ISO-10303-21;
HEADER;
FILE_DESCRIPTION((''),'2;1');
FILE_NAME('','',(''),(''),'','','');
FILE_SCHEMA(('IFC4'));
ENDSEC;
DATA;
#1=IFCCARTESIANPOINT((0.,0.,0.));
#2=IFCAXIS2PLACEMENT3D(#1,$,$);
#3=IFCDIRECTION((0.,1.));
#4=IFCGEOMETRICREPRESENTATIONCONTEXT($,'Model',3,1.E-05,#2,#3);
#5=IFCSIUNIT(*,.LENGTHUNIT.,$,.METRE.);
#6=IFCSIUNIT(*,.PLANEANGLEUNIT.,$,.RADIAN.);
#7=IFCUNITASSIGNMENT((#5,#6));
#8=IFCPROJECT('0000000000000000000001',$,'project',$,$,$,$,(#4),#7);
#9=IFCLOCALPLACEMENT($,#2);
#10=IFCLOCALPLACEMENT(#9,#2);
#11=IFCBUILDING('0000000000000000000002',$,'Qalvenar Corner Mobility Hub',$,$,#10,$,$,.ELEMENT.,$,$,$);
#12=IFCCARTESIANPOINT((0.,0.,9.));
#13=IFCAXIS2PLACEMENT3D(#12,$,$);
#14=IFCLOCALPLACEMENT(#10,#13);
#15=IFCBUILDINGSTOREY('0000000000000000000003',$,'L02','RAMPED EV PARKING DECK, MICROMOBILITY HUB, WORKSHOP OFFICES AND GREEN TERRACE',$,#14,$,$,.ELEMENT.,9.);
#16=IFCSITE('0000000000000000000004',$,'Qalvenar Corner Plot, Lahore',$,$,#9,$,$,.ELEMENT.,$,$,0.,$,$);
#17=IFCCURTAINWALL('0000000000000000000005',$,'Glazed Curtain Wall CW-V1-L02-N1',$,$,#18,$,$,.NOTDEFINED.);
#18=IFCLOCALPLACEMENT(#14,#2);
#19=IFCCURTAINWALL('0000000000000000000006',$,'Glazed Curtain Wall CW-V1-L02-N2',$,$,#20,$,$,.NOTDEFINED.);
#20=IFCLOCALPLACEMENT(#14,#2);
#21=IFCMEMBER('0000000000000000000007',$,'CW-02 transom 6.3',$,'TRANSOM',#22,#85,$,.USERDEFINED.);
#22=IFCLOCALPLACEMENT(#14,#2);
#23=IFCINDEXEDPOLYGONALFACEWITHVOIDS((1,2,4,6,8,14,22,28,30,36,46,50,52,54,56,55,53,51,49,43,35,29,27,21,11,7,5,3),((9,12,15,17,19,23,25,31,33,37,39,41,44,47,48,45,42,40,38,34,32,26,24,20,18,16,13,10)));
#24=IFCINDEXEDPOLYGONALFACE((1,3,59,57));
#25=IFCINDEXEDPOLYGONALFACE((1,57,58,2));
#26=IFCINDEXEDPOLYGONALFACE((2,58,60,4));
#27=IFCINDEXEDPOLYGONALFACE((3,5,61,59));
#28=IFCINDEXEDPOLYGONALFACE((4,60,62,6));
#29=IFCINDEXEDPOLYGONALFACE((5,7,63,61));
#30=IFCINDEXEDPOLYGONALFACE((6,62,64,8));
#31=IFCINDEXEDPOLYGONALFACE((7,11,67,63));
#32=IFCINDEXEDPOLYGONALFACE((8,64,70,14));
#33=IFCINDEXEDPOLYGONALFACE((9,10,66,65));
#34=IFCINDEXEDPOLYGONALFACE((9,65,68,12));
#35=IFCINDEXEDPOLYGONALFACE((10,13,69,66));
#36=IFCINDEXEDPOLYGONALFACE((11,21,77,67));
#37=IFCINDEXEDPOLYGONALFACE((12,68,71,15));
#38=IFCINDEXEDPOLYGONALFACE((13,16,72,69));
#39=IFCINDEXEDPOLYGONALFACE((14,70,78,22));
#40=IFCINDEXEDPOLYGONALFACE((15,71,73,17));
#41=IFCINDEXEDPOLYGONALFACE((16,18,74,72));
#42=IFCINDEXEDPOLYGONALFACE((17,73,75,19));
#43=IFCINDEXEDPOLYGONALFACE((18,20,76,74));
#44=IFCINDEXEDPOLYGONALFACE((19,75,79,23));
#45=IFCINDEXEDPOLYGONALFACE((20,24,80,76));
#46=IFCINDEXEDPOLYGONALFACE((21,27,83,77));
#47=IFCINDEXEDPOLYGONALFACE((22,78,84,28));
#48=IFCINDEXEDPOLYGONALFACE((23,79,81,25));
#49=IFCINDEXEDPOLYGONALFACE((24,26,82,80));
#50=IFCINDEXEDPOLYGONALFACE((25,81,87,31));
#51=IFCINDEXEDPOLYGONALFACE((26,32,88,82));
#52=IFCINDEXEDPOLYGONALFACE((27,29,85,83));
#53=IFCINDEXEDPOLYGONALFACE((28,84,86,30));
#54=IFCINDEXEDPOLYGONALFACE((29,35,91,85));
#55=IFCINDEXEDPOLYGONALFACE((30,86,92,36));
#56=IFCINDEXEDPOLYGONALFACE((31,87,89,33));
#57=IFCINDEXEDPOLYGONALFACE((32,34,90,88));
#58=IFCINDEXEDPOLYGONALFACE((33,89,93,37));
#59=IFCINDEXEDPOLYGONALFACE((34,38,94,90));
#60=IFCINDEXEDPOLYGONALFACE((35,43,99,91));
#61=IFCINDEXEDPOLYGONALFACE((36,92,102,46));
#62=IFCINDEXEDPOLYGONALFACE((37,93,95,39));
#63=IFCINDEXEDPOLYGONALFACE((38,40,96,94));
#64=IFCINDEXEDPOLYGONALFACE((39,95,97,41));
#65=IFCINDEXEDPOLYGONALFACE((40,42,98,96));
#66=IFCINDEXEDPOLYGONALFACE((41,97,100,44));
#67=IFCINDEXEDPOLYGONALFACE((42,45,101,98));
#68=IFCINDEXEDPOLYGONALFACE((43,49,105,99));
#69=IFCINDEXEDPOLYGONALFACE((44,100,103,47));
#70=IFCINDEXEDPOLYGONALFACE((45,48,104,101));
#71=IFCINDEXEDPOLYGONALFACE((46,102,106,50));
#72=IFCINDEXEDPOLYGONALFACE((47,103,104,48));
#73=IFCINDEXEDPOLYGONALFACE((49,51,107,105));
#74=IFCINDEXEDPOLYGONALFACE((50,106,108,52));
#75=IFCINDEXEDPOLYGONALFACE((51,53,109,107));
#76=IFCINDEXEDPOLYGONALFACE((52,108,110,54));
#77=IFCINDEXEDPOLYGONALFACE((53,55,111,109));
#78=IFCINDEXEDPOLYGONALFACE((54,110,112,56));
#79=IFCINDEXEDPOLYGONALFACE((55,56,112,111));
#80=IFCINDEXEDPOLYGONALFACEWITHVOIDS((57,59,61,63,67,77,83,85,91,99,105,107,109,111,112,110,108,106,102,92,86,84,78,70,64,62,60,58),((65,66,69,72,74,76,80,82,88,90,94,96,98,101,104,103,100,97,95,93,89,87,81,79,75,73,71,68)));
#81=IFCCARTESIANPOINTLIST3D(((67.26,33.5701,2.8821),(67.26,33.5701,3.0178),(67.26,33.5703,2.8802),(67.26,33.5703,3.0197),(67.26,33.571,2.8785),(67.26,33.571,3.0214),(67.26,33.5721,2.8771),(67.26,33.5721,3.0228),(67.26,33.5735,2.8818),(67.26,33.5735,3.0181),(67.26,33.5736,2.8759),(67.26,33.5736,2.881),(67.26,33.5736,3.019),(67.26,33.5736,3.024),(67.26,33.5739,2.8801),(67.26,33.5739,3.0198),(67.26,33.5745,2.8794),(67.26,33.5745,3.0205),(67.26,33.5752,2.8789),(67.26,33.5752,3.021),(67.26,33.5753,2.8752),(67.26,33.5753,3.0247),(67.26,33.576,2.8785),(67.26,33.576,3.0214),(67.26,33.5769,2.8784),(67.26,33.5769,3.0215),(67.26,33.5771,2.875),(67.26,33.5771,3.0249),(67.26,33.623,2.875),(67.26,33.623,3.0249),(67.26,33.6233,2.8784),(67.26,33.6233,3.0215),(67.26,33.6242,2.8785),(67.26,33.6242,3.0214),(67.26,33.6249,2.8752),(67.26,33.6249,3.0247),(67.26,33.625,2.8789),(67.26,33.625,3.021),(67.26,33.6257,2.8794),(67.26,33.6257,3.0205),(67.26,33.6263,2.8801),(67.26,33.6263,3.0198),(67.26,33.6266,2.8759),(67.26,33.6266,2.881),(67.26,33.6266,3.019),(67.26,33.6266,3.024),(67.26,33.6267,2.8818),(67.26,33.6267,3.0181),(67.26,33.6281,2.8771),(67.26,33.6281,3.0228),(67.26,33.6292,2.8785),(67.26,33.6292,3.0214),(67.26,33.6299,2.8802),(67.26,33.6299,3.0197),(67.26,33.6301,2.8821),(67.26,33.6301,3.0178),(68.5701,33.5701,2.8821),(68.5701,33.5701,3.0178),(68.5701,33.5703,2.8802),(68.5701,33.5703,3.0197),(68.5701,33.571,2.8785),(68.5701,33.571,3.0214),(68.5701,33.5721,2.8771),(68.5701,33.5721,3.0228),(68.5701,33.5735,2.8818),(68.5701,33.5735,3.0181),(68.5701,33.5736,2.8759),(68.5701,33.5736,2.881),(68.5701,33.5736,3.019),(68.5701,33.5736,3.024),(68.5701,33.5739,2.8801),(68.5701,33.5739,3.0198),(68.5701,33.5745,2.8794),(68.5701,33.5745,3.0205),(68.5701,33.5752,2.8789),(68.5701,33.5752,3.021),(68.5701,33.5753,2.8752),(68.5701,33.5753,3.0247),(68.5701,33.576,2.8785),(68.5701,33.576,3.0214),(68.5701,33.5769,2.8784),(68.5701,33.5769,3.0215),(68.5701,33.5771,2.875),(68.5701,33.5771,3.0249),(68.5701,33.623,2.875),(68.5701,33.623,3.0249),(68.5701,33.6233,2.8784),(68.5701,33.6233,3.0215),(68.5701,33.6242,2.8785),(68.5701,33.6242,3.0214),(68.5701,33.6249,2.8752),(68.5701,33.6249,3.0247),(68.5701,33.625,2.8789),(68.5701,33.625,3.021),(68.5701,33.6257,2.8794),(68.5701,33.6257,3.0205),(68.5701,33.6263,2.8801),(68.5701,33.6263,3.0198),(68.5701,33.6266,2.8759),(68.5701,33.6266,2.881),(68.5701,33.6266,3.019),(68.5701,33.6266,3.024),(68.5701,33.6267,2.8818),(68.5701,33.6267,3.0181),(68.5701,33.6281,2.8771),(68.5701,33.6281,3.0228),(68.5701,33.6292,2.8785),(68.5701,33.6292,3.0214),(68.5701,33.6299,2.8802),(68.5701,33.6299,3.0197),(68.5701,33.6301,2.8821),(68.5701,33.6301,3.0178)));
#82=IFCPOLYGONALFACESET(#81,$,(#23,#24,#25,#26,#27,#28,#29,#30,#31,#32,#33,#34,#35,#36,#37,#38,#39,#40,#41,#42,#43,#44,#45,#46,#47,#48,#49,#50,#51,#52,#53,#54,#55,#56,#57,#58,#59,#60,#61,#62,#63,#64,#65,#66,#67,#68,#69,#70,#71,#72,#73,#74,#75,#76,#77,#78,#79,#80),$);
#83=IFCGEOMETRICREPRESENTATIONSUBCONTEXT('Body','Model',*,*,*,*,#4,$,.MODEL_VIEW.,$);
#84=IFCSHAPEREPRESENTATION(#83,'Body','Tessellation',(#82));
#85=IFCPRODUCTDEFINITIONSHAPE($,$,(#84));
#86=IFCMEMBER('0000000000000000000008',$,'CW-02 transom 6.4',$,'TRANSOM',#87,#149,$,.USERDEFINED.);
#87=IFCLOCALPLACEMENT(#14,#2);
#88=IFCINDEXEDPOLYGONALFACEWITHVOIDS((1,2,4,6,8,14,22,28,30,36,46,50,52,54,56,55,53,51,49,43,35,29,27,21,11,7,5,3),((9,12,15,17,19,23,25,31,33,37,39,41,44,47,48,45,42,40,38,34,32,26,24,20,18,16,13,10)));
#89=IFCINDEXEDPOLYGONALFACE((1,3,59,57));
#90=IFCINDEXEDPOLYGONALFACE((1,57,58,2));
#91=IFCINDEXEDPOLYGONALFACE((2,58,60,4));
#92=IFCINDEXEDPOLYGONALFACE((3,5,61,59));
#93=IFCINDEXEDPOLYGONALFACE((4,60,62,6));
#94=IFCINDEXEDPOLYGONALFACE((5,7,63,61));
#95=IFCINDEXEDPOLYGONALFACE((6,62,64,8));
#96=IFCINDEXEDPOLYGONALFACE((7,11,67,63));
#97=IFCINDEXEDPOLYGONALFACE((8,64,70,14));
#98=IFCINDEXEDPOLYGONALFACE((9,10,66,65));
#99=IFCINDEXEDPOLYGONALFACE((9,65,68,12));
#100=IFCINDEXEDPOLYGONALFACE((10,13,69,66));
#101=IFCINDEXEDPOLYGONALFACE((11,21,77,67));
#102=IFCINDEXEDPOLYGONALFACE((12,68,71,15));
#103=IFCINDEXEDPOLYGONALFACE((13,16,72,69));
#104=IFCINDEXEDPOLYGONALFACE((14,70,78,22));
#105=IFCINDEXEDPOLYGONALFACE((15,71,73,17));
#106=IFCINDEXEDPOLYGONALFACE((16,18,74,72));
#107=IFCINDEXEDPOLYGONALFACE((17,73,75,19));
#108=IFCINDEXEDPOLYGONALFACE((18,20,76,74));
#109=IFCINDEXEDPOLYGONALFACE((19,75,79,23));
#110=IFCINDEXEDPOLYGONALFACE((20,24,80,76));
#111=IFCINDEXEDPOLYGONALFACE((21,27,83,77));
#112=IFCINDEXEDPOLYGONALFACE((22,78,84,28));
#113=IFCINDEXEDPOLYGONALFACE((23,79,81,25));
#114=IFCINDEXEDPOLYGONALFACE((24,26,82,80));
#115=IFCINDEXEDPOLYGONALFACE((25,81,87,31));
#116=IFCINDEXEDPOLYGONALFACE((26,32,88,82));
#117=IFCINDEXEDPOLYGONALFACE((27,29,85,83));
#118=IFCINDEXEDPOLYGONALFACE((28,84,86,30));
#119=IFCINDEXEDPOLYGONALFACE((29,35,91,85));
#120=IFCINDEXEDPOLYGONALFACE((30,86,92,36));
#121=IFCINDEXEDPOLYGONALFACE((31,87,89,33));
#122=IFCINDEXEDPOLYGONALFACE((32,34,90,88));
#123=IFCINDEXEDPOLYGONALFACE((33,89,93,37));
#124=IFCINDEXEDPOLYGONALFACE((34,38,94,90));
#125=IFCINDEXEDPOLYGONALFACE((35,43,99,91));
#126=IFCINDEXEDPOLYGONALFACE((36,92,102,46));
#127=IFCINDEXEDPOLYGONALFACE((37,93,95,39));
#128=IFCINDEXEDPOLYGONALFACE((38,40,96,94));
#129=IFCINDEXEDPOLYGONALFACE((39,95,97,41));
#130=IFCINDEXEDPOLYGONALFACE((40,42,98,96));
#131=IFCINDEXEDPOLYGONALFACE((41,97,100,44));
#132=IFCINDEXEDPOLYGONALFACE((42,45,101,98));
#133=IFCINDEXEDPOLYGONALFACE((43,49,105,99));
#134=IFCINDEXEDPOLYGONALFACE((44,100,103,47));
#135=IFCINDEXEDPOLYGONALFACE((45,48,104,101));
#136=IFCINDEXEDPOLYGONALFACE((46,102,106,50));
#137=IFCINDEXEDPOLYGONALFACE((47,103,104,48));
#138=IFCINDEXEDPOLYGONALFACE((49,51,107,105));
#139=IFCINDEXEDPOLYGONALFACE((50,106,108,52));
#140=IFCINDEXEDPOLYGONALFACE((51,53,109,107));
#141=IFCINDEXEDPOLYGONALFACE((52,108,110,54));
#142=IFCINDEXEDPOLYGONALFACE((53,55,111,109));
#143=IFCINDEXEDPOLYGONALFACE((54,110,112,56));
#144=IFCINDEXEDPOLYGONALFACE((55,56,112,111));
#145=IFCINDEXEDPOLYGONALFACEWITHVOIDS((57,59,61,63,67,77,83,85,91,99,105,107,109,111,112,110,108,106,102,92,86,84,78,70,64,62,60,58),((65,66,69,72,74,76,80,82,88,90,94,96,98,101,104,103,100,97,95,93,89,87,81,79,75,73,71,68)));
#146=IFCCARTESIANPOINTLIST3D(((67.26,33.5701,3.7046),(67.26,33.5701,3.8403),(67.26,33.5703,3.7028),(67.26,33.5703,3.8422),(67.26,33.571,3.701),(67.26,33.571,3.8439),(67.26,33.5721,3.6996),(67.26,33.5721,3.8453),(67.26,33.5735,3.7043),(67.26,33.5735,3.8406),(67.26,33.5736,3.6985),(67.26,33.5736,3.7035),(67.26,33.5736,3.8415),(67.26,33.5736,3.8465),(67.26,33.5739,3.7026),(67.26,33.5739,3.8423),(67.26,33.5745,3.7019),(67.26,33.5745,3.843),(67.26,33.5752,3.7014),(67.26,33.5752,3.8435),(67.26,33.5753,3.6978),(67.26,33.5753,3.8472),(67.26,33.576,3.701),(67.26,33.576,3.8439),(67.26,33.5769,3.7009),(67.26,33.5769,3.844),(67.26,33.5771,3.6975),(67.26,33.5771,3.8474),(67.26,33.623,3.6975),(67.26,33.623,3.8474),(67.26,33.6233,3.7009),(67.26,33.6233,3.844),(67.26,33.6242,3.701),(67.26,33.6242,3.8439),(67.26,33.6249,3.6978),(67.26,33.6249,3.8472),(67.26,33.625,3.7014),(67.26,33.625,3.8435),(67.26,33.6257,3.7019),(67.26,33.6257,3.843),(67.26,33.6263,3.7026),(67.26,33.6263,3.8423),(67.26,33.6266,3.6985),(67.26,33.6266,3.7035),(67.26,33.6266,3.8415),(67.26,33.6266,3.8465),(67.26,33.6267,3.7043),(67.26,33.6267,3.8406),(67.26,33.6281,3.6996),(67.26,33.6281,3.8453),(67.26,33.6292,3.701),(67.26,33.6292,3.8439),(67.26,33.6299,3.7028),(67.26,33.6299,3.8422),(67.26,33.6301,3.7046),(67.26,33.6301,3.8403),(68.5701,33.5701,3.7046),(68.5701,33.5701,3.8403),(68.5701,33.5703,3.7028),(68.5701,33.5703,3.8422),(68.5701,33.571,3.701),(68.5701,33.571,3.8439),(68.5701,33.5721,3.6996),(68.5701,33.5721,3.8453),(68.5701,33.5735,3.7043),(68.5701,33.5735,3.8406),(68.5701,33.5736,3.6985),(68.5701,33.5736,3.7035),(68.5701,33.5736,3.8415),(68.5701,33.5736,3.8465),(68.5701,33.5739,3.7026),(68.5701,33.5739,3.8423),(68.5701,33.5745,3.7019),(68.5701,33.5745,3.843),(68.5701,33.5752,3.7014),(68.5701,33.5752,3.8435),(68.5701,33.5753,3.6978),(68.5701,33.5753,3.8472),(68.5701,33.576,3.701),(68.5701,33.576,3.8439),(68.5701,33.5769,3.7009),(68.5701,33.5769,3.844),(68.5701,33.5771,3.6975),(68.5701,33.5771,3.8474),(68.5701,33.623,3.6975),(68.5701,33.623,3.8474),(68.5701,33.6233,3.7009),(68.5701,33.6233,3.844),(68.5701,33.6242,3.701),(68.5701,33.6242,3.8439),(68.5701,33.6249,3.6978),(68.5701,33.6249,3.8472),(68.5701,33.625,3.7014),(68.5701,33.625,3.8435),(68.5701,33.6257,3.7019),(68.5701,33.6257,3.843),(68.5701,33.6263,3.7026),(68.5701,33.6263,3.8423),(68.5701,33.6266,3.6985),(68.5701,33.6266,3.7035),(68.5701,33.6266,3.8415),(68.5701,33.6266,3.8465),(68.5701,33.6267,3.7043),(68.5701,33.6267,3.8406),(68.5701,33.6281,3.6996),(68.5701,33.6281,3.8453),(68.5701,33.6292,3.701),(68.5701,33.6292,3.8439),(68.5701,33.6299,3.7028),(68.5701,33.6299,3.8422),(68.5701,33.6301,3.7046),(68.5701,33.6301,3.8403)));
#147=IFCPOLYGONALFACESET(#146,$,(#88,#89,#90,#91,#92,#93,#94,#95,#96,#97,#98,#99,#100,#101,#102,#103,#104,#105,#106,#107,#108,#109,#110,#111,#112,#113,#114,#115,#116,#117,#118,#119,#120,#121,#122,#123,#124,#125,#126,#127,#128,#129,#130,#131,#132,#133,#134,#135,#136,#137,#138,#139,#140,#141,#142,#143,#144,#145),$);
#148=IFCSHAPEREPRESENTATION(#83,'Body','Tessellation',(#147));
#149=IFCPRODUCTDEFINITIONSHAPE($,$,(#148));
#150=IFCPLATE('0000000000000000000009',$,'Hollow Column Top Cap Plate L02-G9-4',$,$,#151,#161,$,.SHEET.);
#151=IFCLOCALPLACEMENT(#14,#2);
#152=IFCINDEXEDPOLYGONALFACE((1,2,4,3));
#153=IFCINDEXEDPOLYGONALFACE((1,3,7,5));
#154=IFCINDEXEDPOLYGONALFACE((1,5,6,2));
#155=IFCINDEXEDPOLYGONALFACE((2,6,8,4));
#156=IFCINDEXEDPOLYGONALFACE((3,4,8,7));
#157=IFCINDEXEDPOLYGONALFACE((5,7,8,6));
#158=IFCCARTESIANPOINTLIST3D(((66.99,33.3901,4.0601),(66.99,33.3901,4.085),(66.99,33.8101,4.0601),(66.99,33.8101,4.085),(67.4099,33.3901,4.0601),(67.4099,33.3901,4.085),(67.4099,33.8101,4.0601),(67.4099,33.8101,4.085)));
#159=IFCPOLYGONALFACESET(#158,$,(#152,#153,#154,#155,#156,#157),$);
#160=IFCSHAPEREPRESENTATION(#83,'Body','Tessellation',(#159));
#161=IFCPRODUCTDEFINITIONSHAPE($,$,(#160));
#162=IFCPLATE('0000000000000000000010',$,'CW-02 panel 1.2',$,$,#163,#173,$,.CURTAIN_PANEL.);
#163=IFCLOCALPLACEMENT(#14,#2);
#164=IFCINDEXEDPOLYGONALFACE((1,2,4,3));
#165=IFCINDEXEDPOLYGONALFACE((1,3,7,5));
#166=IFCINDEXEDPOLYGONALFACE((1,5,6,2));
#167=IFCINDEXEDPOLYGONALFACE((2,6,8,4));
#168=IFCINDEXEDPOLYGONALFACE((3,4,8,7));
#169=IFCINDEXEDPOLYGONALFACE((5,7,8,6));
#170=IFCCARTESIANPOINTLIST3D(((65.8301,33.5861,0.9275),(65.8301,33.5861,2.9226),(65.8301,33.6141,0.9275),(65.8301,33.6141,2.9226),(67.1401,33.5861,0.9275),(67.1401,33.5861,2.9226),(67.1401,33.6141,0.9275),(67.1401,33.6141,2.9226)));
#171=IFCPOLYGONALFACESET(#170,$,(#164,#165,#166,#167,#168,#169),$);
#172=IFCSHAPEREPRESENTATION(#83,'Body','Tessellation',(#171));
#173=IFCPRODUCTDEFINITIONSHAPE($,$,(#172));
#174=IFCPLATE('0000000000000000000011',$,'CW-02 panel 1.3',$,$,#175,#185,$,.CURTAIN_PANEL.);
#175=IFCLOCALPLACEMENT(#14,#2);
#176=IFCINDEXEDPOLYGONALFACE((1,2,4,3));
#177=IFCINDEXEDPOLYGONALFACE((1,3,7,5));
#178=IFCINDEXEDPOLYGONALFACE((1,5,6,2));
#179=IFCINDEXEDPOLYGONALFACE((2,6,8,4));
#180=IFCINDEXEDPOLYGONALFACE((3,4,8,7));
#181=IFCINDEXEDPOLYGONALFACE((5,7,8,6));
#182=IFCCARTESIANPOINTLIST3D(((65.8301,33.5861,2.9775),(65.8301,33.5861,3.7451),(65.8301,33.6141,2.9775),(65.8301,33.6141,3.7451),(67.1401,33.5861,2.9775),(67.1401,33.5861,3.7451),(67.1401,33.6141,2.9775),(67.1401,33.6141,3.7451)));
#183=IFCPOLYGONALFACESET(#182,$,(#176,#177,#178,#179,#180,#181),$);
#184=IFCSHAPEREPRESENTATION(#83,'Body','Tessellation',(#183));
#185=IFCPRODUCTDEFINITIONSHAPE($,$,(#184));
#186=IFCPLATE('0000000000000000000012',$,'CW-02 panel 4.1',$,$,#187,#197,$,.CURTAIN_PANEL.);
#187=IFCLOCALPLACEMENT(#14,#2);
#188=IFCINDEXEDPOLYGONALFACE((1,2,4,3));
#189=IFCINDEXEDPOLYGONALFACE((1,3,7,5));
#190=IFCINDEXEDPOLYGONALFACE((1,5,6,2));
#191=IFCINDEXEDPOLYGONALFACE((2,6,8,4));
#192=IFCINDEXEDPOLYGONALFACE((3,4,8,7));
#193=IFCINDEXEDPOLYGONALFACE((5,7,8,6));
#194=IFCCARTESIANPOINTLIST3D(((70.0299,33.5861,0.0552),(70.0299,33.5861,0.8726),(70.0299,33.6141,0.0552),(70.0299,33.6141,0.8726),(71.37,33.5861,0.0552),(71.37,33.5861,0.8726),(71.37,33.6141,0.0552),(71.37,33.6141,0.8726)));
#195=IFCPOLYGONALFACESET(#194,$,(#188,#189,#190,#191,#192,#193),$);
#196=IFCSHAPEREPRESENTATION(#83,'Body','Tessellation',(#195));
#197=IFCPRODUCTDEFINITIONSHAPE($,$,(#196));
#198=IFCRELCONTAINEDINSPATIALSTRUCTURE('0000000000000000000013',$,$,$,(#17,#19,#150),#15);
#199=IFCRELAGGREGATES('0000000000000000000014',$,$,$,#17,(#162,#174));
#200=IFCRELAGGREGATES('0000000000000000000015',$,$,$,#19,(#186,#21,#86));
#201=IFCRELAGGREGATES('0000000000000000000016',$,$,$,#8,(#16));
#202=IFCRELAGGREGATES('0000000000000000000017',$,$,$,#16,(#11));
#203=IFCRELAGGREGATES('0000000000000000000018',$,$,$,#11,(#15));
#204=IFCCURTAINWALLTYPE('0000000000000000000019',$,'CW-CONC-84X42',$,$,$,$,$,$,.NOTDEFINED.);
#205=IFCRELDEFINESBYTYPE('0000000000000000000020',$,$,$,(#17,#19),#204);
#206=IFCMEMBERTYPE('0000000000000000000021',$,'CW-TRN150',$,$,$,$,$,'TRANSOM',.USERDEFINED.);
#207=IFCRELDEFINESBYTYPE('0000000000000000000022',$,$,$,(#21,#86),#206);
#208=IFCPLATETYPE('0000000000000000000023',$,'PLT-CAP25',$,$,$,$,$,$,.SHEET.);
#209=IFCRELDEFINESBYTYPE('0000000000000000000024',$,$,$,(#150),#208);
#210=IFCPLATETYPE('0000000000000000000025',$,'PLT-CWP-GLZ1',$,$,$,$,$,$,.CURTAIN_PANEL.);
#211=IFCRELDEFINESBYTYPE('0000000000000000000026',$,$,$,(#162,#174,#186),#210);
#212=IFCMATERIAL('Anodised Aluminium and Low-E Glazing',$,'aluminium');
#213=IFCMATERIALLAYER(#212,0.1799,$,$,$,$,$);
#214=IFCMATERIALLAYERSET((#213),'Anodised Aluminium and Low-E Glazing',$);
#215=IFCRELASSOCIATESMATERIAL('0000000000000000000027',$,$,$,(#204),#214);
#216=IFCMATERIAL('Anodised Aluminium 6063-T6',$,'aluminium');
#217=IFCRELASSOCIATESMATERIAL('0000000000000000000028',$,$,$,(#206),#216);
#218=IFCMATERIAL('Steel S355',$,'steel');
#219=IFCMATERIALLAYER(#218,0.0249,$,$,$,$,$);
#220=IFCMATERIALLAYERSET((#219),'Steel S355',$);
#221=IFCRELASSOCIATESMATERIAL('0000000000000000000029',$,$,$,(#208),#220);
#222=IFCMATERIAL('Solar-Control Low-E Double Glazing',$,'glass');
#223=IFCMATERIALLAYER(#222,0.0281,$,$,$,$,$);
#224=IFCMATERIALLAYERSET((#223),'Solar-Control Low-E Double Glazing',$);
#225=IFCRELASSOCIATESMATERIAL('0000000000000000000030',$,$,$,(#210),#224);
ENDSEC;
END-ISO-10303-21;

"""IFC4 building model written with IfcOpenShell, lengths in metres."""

from ifc_helpers import new_model, si_unit, direction, frame, origin, origin_2d, place, context, subcontext, project, spatial, rectangle, hollow_rectangle, extrude, material, layer, layer_set, material_profile, profile_set, type_object, element, aggregate, save


model = new_model("IFC4")

# Units and contexts
model_context = context("Model", 3, precision=1e-05, world=origin(), true_north=direction((0.0, 1.0)))
body_context = subcontext(model_context, "Body", "Model", "MODEL_VIEW")
ifc_project = project(units=[si_unit("LENGTHUNIT", "METRE"), si_unit("PLANEANGLEUNIT", "RADIAN")], contexts=[model_context])

# Site, building, storey
site_placement = place(None, origin())
site = spatial("IfcSite", under=ifc_project, at=site_placement, Name="Qalvenar Corner Plot, Lahore", CompositionType="ELEMENT", RefElevation=0.0)
building_placement = place(site_placement, origin())
building = spatial("IfcBuilding", under=site, at=building_placement, Name="Qalvenar Corner Mobility Hub", CompositionType="ELEMENT")
storey_placement = place(building_placement, frame((0.0, 0.0, 9.0)))
storey = spatial("IfcBuildingStorey", under=building, at=storey_placement, Name="L02", Description="RAMPED EV PARKING DECK, MICROMOBILITY HUB, WORKSHOP OFFICES AND GREEN TERRACE", CompositionType="ELEMENT", Elevation=9.0)

# Curtain wall
ifc_material_1 = material(Name="Anodised Aluminium and Low-E Glazing", Category="aluminium")
ifc_layer_1 = layer(ifc_material_1, 0.1799)
ifc_layer_set_1 = layer_set([ifc_layer_1], Name="Anodised Aluminium and Low-E Glazing")
curtain_wall_type = type_object("IfcCurtainWallType", Name="CW-CONC-84X42", PredefinedType="NOTDEFINED", material=ifc_layer_set_1)
curtain_wall_1_placement = place(storey_placement, origin())
curtain_wall_1 = element("IfcCurtainWall", 1, at=curtain_wall_1_placement, inside=storey, type_object=curtain_wall_type, Name="Glazed Curtain Wall CW-V1-L02-N1", PredefinedType="NOTDEFINED")
ifc_material_2 = material(Name="Anodised Aluminium 6063-T6", Category="aluminium")

# Curtain wall
curtain_wall_2_placement = place(storey_placement, origin())
curtain_wall_2 = element("IfcCurtainWall", 2, at=curtain_wall_2_placement, inside=storey, type_object=curtain_wall_type, Name="Glazed Curtain Wall CW-V1-L02-N2", PredefinedType="NOTDEFINED")

# Members
ifc_material_profile_1 = material_profile(ifc_material_2, hollow_rectangle(XDim=0.0601, YDim=0.1499, WallThickness=0.0034, InnerFilletRadius=0.0034, OuterFilletRadius=0.0071, at=origin_2d()), Name="RHS150x60x3.5")
ifc_profile_set_1 = profile_set([ifc_material_profile_1], Name="Anodised Aluminium 6063-T6")
member_type_1 = type_object("IfcMemberType", Name="CW-TRN150", ElementType="TRANSOM", PredefinedType="USERDEFINED", material=ifc_profile_set_1)
member_1_placement = place(storey_placement, frame((68.5701, 33.6001, 2.95), z_axis=(-1.0, 0.0, 0.0), x_axis=(0.0, -1.0, 0.0)))
member_1 = element("IfcMember", 3, at=member_1_placement, type_object=member_type_1, Name="CW-02 transom 6.3", ObjectType="TRANSOM", PredefinedType="USERDEFINED", context=body_context, shape_type="SweptSolid", body=[
    extrude(hollow_rectangle(XDim=0.0601, YDim=0.1499, WallThickness=0.0034, InnerFilletRadius=0.0034, OuterFilletRadius=0.0071, at=origin_2d()), origin(), (0.0, 0.0, 1.0), 1.3101),
])
member_2_placement = place(storey_placement, frame((68.5701, 33.6001, 3.7725), z_axis=(-1.0, 0.0, 0.0), x_axis=(0.0, -1.0, 0.0)))
member_2 = element("IfcMember", 4, at=member_2_placement, type_object=member_type_1, Name="CW-02 transom 6.4", ObjectType="TRANSOM", PredefinedType="USERDEFINED", context=body_context, shape_type="SweptSolid", body=[
    extrude(hollow_rectangle(XDim=0.0601, YDim=0.1499, WallThickness=0.0034, InnerFilletRadius=0.0034, OuterFilletRadius=0.0071, at=origin_2d()), origin(), (0.0, 0.0, 1.0), 1.3101),
])

# Plates
ifc_material_3 = material(Name="Steel S355", Category="steel")
ifc_layer_2 = layer(ifc_material_3, 0.0249)
ifc_layer_set_2 = layer_set([ifc_layer_2], Name="Steel S355")
plate_type_1 = type_object("IfcPlateType", Name="PLT-CAP25", PredefinedType="SHEET", material=ifc_layer_set_2)
plate_1_placement = place(storey_placement, frame((67.2, 33.6001, 4.0601), z_axis=(0.0, 0.0, 1.0), x_axis=(1.0, 0.0, 0.0)))
element("IfcPlate", 5, at=plate_1_placement, inside=storey, type_object=plate_type_1, Name="Hollow Column Top Cap Plate L02-G9-4", PredefinedType="SHEET", context=body_context, shape_type="SweptSolid", body=[
    extrude(rectangle(XDim=0.4199, YDim=0.4199, at=origin_2d()), origin(), (0.0, 0.0, 1.0), 0.0249),
])
ifc_material_4 = material(Name="Solar-Control Low-E Double Glazing", Category="glass")
ifc_layer_3 = layer(ifc_material_4, 0.0281)
ifc_layer_set_3 = layer_set([ifc_layer_3], Name="Solar-Control Low-E Double Glazing")
plate_type_2 = type_object("IfcPlateType", Name="PLT-CWP-GLZ1", PredefinedType="CURTAIN_PANEL", material=ifc_layer_set_3)
plate_2_placement = place(storey_placement, frame((66.4851, 33.6001, 0.9275), z_axis=(0.0, 0.0, 1.0), x_axis=(-1.0, 0.0, 0.0)))
plate_2 = element("IfcPlate", 6, at=plate_2_placement, type_object=plate_type_2, Name="CW-02 panel 1.2", PredefinedType="CURTAIN_PANEL", context=body_context, shape_type="SweptSolid", body=[
    extrude(rectangle(XDim=1.3101, YDim=0.0281, at=origin_2d()), origin(), (0.0, 0.0, 1.0), 1.9951),
])
plate_3_placement = place(storey_placement, frame((66.4851, 33.6001, 2.9775), z_axis=(0.0, 0.0, 1.0), x_axis=(-1.0, 0.0, 0.0)))
plate_3 = element("IfcPlate", 7, at=plate_3_placement, type_object=plate_type_2, Name="CW-02 panel 1.3", PredefinedType="CURTAIN_PANEL", context=body_context, shape_type="SweptSolid", body=[
    extrude(rectangle(XDim=1.3101, YDim=0.0281, at=origin_2d()), origin(), (0.0, 0.0, 1.0), 0.7676),
])
aggregate(curtain_wall_1, [plate_2, plate_3])
plate_4_placement = place(storey_placement, frame((70.7, 33.6001, 0.0552), z_axis=(0.0, 0.0, 1.0), x_axis=(-1.0, 0.0, 0.0)))
plate_4 = element("IfcPlate", 8, at=plate_4_placement, type_object=plate_type_2, Name="CW-02 panel 4.1", PredefinedType="CURTAIN_PANEL", context=body_context, shape_type="SweptSolid", body=[
    extrude(rectangle(XDim=1.3401, YDim=0.0281, at=origin_2d()), origin(), (0.0, 0.0, 1.0), 0.8174),
])
aggregate(curtain_wall_2, [plate_4, member_1, member_2])

save(model, "model.ifc")
